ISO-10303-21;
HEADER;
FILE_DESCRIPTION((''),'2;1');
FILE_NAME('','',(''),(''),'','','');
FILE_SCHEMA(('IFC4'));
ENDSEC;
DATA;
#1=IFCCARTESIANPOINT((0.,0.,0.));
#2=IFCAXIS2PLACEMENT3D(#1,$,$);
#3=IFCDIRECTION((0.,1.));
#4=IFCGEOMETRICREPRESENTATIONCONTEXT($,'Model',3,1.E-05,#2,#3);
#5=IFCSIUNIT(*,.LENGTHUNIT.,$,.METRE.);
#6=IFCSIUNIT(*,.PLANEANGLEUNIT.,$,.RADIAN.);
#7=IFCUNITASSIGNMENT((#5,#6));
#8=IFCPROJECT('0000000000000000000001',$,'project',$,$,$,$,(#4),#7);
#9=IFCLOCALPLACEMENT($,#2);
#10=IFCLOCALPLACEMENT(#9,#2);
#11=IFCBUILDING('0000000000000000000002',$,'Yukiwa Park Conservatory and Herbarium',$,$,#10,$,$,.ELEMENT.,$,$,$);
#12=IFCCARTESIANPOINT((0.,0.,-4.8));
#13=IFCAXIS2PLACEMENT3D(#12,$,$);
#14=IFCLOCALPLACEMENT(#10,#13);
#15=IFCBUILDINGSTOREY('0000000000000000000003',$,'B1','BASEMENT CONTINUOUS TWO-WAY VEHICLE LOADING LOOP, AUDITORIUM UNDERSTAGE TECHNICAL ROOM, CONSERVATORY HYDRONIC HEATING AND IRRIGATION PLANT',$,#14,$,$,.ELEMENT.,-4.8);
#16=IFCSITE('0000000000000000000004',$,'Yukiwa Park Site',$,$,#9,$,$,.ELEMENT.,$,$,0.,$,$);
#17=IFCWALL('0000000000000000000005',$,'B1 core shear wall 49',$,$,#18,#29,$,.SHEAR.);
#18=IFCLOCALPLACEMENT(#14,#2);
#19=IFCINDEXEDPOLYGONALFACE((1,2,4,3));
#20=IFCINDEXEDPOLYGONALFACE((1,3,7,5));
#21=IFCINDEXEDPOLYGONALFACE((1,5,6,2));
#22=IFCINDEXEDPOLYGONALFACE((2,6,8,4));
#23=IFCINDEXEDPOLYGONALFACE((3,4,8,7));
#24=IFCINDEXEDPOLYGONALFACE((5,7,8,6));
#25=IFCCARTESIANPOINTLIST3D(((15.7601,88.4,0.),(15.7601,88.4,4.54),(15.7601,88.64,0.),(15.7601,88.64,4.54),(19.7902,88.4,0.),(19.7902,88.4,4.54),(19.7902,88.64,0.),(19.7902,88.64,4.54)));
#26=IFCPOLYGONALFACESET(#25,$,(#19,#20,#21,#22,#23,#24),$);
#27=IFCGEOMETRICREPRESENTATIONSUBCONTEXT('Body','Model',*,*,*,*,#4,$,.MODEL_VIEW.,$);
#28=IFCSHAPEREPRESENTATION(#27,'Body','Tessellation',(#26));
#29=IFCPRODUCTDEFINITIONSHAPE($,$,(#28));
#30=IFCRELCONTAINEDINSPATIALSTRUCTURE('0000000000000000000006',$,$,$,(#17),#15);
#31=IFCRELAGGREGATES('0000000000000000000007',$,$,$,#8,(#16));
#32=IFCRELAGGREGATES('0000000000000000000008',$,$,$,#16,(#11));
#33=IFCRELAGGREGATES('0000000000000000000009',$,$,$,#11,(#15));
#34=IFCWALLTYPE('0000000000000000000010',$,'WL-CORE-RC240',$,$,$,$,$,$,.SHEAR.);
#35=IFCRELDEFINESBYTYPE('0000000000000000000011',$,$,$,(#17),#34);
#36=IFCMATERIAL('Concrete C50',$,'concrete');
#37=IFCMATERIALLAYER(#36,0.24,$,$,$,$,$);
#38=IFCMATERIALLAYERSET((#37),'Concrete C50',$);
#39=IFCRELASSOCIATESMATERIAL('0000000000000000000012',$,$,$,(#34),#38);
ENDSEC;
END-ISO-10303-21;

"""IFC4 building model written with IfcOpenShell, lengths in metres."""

from ifc_helpers import new_model, si_unit, direction, frame, frame_2d, origin, place, context, subcontext, project, spatial, rectangle, extrude, material, layer, layer_set, type_object, element, save


model = new_model("IFC4")

# Units and contexts
model_context = context("Model", 3, precision=1e-05, world=origin(), true_north=direction((0.0, 1.0)))
body_context = subcontext(model_context, "Body", "Model", "MODEL_VIEW")
ifc_project = project(units=[si_unit("LENGTHUNIT", "METRE"), si_unit("PLANEANGLEUNIT", "RADIAN")], contexts=[model_context])

# Site, building, storey
site_placement = place(None, origin())
site = spatial("IfcSite", under=ifc_project, at=site_placement, Name="Yukiwa Park Site", CompositionType="ELEMENT", RefElevation=0.0)
building_placement = place(site_placement, origin())
building = spatial("IfcBuilding", under=site, at=building_placement, Name="Yukiwa Park Conservatory and Herbarium", CompositionType="ELEMENT")
storey_placement = place(building_placement, frame((0.0, 0.0, -4.8)))
storey = spatial("IfcBuildingStorey", under=building, at=storey_placement, Name="B1", Description="BASEMENT CONTINUOUS TWO-WAY VEHICLE LOADING LOOP, AUDITORIUM UNDERSTAGE TECHNICAL ROOM, CONSERVATORY HYDRONIC HEATING AND IRRIGATION PLANT", CompositionType="ELEMENT", Elevation=-4.8)

# Wall
ifc_material_1 = material(Name="Concrete C50", Category="concrete")
ifc_layer_1 = layer(ifc_material_1, 0.24)
ifc_layer_set_1 = layer_set([ifc_layer_1], Name="Concrete C50")
wall_type_1 = type_object("IfcWallType", Name="WL-CORE-RC240", PredefinedType="SHEAR", material=ifc_layer_set_1)
wall_1_placement = place(storey_placement, frame((15.76, 88.52, 0.0), z_axis=(0.0, 0.0, 1.0), x_axis=(1.0, 0.0, 0.0)))
element("IfcWall", 1, at=wall_1_placement, inside=storey, type_object=wall_type_1, Name="B1 core shear wall 49", PredefinedType="SHEAR", context=body_context, shape_type="SweptSolid", body=[
    extrude(rectangle(XDim=4.03, YDim=0.24, at=frame_2d((2.0151, 0.0))), origin(), (0.0, 0.0, 1.0), 4.54),
])

save(model, "model.ifc")
